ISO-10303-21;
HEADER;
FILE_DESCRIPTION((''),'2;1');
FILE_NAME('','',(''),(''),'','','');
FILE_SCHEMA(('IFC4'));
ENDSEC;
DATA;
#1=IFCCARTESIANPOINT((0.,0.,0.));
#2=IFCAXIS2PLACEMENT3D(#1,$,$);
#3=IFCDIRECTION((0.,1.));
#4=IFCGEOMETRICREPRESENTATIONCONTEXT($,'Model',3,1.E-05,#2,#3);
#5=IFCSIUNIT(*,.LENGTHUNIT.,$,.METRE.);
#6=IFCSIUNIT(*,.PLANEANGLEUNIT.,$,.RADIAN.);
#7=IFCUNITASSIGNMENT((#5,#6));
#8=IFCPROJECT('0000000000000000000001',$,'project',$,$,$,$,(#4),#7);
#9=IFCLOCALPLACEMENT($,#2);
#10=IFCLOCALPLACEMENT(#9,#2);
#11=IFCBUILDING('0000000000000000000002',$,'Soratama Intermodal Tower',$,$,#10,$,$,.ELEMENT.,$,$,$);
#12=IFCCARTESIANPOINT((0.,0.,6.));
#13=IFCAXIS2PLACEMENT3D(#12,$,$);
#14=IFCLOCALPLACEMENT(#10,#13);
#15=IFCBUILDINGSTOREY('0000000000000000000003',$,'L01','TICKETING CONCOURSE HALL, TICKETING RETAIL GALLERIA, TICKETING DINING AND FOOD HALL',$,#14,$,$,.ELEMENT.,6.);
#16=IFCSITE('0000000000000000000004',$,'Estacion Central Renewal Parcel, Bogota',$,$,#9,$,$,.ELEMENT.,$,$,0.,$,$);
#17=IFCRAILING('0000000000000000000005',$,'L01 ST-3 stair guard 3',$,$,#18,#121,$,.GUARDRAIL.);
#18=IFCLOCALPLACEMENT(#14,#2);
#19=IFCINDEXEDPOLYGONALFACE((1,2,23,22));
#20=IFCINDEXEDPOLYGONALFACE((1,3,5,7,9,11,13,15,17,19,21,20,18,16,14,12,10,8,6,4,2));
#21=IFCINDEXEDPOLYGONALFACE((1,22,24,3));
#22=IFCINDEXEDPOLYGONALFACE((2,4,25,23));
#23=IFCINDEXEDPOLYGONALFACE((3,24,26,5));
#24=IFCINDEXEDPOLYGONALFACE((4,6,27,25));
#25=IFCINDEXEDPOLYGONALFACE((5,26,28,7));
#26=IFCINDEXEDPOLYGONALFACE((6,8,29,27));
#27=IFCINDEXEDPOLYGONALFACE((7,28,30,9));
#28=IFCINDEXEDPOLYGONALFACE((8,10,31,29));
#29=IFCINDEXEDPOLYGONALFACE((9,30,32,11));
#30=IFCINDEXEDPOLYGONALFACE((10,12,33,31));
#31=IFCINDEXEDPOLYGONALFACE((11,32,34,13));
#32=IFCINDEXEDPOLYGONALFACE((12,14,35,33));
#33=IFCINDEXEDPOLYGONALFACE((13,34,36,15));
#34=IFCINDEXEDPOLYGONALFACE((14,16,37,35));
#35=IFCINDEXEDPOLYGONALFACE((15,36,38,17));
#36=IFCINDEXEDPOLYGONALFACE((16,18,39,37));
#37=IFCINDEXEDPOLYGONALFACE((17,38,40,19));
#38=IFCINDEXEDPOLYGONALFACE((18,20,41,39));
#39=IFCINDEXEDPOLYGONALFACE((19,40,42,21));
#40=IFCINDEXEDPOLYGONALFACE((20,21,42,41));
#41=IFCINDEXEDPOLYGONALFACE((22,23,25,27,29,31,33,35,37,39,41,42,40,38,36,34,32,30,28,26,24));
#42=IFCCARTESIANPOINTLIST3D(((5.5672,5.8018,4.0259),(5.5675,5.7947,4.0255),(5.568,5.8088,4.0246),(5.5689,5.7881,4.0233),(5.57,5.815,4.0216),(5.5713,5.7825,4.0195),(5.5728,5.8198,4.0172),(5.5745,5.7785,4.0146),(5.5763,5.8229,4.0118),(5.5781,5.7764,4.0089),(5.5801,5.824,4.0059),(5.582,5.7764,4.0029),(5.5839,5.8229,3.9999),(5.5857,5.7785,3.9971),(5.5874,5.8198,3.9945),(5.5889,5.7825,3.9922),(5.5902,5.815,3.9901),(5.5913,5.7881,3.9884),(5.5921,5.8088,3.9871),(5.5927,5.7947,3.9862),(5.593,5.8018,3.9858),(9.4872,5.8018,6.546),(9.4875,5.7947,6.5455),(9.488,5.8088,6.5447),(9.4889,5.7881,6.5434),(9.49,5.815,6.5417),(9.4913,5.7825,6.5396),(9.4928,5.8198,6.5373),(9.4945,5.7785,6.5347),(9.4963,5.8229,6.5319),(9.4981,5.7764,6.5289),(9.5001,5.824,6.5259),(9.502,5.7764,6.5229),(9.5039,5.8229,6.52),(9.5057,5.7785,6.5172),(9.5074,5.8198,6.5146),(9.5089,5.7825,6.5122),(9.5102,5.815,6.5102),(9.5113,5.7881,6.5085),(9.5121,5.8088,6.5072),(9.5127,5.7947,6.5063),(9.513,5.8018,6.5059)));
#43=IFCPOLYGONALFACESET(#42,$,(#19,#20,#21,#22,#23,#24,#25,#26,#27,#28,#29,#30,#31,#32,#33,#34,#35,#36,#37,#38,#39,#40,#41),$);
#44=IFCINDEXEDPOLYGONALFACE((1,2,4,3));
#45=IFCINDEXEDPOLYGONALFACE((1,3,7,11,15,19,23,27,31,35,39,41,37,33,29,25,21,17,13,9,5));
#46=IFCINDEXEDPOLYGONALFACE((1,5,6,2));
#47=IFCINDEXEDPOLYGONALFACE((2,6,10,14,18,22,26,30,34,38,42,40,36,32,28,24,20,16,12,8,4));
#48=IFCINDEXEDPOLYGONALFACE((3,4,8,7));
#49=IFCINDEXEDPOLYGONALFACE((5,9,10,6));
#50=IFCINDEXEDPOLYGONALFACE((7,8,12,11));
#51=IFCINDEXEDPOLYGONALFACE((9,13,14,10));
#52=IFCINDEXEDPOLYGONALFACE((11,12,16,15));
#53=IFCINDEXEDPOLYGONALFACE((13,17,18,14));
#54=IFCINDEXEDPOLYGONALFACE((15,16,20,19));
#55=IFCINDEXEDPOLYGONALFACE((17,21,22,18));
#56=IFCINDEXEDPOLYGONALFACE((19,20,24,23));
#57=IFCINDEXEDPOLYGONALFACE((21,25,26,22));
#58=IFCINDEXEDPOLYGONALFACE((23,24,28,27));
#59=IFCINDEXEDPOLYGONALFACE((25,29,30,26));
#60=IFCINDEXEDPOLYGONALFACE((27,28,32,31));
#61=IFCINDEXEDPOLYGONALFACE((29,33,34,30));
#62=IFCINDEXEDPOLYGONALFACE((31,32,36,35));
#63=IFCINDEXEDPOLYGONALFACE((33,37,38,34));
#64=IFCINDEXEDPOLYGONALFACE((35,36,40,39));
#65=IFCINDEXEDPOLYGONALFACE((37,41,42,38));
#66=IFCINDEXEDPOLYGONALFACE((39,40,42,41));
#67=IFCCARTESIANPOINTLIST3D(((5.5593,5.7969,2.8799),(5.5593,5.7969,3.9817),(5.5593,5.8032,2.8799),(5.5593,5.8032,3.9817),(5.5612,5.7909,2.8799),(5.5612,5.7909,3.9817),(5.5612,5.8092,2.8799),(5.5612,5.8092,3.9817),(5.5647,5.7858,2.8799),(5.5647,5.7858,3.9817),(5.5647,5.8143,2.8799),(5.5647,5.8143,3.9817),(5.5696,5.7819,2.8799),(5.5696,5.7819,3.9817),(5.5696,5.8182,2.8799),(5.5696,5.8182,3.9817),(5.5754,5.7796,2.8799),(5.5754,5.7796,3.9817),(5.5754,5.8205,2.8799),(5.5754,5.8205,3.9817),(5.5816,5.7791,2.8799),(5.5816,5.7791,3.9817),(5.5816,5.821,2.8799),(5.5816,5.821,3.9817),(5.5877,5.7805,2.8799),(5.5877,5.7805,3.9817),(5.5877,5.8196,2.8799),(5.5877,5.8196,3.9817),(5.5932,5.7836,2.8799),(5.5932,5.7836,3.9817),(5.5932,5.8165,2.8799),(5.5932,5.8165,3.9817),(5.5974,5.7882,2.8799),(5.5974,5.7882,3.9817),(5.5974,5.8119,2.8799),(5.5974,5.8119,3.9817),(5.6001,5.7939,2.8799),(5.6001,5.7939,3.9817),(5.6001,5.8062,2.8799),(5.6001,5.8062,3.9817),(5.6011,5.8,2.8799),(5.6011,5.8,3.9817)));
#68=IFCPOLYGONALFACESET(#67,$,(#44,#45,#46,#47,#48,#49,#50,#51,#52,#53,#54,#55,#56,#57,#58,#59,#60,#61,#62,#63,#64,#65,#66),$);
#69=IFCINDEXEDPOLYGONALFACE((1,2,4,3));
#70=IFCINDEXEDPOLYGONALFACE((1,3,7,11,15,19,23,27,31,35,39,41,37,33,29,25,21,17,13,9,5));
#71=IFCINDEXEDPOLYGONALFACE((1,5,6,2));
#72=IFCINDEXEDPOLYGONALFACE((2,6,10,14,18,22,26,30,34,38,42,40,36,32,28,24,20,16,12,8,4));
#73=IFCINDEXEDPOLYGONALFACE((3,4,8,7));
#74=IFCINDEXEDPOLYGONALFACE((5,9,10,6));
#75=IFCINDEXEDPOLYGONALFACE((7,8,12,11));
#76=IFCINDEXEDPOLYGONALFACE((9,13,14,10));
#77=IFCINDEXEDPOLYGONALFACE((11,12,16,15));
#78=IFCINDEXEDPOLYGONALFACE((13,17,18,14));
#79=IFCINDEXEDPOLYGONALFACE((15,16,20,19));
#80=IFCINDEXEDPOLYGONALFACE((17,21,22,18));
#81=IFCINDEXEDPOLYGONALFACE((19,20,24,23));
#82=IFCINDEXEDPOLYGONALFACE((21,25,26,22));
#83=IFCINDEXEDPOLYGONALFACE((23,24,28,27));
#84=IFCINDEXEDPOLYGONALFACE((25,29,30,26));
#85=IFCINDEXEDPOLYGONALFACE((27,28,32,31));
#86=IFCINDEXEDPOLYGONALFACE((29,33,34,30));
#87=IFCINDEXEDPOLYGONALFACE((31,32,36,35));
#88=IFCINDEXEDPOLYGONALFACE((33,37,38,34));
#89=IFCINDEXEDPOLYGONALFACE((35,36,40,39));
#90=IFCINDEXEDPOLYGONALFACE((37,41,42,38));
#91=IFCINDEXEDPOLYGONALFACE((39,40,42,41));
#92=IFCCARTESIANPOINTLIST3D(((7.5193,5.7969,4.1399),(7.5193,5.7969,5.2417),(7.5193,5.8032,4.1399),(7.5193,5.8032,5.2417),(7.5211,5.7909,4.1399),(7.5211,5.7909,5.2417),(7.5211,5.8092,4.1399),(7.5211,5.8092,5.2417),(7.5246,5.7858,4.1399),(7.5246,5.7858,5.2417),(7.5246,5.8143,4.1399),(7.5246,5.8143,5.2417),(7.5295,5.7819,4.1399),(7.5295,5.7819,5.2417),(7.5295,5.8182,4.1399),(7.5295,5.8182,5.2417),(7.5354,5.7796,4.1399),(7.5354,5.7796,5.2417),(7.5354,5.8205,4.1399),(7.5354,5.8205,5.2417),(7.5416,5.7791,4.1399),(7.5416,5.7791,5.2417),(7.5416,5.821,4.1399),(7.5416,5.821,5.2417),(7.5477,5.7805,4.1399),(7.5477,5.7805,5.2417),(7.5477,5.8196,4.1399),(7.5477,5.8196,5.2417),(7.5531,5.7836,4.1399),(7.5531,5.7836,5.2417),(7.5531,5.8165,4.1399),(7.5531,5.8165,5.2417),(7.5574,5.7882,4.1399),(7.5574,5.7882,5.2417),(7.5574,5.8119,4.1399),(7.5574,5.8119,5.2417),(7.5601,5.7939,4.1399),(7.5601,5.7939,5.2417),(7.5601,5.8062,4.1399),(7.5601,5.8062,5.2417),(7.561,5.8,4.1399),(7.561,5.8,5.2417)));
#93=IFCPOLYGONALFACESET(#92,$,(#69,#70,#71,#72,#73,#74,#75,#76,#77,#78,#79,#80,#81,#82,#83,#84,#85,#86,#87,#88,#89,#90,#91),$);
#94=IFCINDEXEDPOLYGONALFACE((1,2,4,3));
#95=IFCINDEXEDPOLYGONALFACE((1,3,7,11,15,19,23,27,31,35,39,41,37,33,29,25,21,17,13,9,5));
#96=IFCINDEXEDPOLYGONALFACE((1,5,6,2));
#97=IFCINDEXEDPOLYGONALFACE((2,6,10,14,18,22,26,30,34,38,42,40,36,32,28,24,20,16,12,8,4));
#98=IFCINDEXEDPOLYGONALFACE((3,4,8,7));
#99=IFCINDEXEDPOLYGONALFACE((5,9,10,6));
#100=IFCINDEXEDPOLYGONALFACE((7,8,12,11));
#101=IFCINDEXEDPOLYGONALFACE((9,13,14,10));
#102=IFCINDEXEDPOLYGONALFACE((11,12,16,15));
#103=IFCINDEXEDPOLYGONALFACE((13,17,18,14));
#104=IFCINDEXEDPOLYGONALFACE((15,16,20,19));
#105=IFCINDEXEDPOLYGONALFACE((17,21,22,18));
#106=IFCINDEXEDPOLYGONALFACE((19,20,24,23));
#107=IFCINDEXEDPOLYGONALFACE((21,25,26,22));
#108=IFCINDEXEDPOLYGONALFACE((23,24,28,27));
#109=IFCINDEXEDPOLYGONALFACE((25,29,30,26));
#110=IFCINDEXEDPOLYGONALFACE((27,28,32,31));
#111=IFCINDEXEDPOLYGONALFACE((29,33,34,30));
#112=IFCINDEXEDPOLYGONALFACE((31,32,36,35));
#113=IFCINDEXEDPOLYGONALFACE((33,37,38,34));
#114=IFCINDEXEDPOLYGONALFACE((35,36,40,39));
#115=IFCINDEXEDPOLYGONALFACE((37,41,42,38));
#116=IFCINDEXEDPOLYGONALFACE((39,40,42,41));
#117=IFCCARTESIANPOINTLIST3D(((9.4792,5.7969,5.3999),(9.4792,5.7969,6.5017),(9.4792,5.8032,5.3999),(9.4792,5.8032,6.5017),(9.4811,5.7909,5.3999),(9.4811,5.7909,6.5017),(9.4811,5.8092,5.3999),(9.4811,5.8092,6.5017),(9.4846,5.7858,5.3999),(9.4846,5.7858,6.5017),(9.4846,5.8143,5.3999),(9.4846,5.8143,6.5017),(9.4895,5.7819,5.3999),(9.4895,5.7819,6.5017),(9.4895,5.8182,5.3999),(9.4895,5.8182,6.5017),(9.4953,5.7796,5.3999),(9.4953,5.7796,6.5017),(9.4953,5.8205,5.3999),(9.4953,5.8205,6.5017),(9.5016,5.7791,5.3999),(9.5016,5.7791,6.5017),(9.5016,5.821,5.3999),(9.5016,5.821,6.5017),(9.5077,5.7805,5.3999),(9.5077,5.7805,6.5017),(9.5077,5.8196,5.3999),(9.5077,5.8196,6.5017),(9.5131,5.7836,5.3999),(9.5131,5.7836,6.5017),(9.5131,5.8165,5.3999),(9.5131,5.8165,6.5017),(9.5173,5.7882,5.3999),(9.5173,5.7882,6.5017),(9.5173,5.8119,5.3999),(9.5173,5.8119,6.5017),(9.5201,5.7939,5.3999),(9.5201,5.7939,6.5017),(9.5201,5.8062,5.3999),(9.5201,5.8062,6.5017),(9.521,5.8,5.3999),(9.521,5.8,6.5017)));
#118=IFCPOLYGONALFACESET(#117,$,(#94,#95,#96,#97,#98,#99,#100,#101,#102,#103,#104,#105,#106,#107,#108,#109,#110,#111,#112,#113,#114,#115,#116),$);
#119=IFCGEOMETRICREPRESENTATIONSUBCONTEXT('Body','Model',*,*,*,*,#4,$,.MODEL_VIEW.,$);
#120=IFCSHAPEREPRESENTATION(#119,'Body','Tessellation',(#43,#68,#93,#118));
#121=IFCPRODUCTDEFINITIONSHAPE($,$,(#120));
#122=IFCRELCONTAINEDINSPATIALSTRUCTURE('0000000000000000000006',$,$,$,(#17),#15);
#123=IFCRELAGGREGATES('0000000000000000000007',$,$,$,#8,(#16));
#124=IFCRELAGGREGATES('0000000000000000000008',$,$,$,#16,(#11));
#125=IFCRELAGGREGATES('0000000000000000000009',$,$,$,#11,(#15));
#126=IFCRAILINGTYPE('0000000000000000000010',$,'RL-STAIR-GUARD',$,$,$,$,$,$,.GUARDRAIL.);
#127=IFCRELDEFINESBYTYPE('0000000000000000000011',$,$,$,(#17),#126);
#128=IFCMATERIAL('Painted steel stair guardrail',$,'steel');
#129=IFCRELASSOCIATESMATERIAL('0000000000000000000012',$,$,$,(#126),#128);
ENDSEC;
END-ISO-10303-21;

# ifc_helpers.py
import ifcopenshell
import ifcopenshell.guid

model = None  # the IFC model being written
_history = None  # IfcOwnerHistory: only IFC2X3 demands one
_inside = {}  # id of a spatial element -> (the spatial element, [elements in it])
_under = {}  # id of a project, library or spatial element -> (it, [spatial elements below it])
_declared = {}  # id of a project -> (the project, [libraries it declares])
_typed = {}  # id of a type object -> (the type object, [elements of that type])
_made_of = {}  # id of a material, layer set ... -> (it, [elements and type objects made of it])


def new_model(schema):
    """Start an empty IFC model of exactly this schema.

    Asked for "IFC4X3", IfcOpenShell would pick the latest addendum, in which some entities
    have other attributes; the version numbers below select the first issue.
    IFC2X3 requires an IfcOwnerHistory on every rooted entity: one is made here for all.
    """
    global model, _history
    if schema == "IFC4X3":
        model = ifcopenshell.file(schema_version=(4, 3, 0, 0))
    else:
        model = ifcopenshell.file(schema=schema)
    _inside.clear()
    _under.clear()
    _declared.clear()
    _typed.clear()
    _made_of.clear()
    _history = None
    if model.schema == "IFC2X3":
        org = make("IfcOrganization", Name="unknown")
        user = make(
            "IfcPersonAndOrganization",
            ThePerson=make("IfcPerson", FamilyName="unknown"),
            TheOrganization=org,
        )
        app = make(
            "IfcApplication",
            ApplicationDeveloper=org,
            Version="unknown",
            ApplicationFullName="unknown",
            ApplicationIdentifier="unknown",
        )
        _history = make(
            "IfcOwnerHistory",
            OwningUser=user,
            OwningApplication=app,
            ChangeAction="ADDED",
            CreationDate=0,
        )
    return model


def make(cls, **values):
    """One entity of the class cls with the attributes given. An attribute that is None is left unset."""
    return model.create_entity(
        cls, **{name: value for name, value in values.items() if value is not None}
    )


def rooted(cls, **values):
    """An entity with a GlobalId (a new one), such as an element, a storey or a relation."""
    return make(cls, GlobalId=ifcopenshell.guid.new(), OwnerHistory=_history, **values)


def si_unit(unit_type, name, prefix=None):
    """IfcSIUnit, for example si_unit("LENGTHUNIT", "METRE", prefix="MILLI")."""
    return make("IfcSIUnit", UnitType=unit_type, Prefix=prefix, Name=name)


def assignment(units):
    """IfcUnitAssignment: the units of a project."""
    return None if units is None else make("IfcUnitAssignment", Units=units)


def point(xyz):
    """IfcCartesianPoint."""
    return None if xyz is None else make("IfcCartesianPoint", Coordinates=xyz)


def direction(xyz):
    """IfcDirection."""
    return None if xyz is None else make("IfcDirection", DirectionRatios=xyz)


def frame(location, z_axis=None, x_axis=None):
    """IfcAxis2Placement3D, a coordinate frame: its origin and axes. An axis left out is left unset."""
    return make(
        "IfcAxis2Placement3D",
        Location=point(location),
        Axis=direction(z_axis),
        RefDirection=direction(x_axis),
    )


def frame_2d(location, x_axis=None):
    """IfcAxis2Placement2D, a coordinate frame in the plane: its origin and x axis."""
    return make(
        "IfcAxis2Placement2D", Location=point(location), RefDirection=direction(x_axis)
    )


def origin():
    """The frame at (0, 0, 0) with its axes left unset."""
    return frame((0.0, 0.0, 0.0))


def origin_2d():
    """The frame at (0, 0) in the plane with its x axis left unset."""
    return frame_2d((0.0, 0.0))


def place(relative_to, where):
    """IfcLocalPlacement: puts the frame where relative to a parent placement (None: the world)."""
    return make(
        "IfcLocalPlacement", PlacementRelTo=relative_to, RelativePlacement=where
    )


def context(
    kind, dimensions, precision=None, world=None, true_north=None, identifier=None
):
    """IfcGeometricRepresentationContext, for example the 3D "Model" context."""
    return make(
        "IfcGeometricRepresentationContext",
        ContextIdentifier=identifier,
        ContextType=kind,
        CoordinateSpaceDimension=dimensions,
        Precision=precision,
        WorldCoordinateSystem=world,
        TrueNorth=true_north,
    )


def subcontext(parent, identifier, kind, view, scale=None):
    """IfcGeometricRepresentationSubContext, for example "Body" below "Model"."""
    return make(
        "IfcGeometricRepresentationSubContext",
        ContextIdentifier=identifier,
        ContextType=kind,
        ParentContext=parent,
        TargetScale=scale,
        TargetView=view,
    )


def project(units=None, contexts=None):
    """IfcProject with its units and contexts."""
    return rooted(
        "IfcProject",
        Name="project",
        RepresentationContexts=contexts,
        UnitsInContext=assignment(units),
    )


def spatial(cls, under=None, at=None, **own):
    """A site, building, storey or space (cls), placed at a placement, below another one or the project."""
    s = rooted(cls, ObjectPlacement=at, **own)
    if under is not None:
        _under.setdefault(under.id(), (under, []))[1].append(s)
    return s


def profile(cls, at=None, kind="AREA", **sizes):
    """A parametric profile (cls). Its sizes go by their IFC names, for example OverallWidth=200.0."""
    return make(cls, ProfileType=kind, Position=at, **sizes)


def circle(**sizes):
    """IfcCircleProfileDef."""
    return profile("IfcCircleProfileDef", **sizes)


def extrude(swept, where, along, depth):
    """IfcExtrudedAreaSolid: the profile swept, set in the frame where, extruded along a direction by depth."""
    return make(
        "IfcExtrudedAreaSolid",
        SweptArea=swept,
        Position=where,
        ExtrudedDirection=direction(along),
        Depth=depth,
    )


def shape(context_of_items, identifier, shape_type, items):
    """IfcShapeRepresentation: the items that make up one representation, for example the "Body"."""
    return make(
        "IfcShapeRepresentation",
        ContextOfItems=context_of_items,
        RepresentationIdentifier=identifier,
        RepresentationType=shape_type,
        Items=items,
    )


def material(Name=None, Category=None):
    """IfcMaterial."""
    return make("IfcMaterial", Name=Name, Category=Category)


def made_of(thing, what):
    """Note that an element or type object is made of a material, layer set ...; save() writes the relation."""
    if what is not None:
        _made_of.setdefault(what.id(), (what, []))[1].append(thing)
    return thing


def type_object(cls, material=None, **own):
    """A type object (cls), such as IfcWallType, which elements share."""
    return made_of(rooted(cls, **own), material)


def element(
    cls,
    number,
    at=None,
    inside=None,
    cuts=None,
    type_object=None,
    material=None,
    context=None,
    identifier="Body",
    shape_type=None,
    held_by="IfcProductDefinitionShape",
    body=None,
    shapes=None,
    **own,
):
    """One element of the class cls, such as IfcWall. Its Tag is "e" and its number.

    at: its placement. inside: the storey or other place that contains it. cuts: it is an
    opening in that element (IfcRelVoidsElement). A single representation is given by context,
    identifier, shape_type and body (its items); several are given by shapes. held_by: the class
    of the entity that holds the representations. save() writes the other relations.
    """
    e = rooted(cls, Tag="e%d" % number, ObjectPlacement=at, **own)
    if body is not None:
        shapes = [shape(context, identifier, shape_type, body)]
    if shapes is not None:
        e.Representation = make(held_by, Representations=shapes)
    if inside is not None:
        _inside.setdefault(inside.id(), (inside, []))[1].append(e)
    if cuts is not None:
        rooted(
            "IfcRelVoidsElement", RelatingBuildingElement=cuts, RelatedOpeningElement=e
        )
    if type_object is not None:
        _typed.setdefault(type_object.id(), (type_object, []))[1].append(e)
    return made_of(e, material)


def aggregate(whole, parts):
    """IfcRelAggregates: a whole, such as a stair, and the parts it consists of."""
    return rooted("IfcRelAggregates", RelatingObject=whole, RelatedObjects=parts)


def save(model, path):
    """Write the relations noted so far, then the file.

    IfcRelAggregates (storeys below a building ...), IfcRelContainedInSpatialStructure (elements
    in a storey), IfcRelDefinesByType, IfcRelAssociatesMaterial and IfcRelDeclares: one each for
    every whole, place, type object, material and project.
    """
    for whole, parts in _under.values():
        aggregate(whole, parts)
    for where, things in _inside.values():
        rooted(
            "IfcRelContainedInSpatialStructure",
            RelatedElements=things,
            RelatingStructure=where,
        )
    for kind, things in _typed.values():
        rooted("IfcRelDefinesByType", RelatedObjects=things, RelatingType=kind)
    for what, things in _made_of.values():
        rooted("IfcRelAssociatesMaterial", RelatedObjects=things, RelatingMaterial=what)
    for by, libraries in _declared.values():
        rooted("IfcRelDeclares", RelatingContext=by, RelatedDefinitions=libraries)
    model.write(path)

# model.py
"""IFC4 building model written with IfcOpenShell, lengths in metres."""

from ifc_helpers import new_model, si_unit, direction, frame, origin, origin_2d, place, context, subcontext, project, spatial, circle, extrude, material, type_object, element, save


model = new_model("IFC4")

# Units and contexts
model_context = context("Model", 3, precision=1e-05, world=origin(), true_north=direction((0.0, 1.0)))
body_context = subcontext(model_context, "Body", "Model", "MODEL_VIEW")
ifc_project = project(units=[si_unit("LENGTHUNIT", "METRE"), si_unit("PLANEANGLEUNIT", "RADIAN")], contexts=[model_context])

# Site, building, storey
site_placement = place(None, origin())
site = spatial("IfcSite", under=ifc_project, at=site_placement, Name="Estacion Central Renewal Parcel, Bogota", CompositionType="ELEMENT", RefElevation=0.0)
building_placement = place(site_placement, origin())
building = spatial("IfcBuilding", under=site, at=building_placement, Name="Soratama Intermodal Tower", CompositionType="ELEMENT")
storey_placement = place(building_placement, frame((0.0, 0.0, 6.0)))
storey = spatial("IfcBuildingStorey", under=building, at=storey_placement, Name="L01", Description="TICKETING CONCOURSE HALL, TICKETING RETAIL GALLERIA, TICKETING DINING AND FOOD HALL", CompositionType="ELEMENT", Elevation=6.0)

# Railing
ifc_material_1 = material(Name="Painted steel stair guardrail", Category="steel")
railing_type_1 = type_object("IfcRailingType", Name="RL-STAIR-GUARD", PredefinedType="GUARDRAIL", material=ifc_material_1)
railing_1_placement = place(storey_placement, frame((5.5801, 5.8, 2.8799)))
element("IfcRailing", 1, at=railing_1_placement, inside=storey, type_object=railing_type_1, Name="L01 ST-3 stair guard 3", PredefinedType="GUARDRAIL", context=body_context, shape_type="SweptSolid", body=[
    extrude(circle(Radius=0.0239, at=origin_2d()), frame((0.0, 0.0, 1.126), z_axis=(0.841172, 0.0, 0.540768), x_axis=(0.0, 1.0, 0.0)), (0.0, 0.0, 1.0), 4.6602),
    extrude(circle(Radius=0.021, at=origin_2d()), origin(), (0.0, 0.0, 1.0), 1.1018),
    extrude(circle(Radius=0.021, at=origin_2d()), frame((1.96, 0.0, 1.26)), (0.0, 0.0, 1.0), 1.1018),
    extrude(circle(Radius=0.021, at=origin_2d()), frame((3.9199, 0.0, 2.52)), (0.0, 0.0, 1.0), 1.1018),
])

save(model, "model.ifc")
